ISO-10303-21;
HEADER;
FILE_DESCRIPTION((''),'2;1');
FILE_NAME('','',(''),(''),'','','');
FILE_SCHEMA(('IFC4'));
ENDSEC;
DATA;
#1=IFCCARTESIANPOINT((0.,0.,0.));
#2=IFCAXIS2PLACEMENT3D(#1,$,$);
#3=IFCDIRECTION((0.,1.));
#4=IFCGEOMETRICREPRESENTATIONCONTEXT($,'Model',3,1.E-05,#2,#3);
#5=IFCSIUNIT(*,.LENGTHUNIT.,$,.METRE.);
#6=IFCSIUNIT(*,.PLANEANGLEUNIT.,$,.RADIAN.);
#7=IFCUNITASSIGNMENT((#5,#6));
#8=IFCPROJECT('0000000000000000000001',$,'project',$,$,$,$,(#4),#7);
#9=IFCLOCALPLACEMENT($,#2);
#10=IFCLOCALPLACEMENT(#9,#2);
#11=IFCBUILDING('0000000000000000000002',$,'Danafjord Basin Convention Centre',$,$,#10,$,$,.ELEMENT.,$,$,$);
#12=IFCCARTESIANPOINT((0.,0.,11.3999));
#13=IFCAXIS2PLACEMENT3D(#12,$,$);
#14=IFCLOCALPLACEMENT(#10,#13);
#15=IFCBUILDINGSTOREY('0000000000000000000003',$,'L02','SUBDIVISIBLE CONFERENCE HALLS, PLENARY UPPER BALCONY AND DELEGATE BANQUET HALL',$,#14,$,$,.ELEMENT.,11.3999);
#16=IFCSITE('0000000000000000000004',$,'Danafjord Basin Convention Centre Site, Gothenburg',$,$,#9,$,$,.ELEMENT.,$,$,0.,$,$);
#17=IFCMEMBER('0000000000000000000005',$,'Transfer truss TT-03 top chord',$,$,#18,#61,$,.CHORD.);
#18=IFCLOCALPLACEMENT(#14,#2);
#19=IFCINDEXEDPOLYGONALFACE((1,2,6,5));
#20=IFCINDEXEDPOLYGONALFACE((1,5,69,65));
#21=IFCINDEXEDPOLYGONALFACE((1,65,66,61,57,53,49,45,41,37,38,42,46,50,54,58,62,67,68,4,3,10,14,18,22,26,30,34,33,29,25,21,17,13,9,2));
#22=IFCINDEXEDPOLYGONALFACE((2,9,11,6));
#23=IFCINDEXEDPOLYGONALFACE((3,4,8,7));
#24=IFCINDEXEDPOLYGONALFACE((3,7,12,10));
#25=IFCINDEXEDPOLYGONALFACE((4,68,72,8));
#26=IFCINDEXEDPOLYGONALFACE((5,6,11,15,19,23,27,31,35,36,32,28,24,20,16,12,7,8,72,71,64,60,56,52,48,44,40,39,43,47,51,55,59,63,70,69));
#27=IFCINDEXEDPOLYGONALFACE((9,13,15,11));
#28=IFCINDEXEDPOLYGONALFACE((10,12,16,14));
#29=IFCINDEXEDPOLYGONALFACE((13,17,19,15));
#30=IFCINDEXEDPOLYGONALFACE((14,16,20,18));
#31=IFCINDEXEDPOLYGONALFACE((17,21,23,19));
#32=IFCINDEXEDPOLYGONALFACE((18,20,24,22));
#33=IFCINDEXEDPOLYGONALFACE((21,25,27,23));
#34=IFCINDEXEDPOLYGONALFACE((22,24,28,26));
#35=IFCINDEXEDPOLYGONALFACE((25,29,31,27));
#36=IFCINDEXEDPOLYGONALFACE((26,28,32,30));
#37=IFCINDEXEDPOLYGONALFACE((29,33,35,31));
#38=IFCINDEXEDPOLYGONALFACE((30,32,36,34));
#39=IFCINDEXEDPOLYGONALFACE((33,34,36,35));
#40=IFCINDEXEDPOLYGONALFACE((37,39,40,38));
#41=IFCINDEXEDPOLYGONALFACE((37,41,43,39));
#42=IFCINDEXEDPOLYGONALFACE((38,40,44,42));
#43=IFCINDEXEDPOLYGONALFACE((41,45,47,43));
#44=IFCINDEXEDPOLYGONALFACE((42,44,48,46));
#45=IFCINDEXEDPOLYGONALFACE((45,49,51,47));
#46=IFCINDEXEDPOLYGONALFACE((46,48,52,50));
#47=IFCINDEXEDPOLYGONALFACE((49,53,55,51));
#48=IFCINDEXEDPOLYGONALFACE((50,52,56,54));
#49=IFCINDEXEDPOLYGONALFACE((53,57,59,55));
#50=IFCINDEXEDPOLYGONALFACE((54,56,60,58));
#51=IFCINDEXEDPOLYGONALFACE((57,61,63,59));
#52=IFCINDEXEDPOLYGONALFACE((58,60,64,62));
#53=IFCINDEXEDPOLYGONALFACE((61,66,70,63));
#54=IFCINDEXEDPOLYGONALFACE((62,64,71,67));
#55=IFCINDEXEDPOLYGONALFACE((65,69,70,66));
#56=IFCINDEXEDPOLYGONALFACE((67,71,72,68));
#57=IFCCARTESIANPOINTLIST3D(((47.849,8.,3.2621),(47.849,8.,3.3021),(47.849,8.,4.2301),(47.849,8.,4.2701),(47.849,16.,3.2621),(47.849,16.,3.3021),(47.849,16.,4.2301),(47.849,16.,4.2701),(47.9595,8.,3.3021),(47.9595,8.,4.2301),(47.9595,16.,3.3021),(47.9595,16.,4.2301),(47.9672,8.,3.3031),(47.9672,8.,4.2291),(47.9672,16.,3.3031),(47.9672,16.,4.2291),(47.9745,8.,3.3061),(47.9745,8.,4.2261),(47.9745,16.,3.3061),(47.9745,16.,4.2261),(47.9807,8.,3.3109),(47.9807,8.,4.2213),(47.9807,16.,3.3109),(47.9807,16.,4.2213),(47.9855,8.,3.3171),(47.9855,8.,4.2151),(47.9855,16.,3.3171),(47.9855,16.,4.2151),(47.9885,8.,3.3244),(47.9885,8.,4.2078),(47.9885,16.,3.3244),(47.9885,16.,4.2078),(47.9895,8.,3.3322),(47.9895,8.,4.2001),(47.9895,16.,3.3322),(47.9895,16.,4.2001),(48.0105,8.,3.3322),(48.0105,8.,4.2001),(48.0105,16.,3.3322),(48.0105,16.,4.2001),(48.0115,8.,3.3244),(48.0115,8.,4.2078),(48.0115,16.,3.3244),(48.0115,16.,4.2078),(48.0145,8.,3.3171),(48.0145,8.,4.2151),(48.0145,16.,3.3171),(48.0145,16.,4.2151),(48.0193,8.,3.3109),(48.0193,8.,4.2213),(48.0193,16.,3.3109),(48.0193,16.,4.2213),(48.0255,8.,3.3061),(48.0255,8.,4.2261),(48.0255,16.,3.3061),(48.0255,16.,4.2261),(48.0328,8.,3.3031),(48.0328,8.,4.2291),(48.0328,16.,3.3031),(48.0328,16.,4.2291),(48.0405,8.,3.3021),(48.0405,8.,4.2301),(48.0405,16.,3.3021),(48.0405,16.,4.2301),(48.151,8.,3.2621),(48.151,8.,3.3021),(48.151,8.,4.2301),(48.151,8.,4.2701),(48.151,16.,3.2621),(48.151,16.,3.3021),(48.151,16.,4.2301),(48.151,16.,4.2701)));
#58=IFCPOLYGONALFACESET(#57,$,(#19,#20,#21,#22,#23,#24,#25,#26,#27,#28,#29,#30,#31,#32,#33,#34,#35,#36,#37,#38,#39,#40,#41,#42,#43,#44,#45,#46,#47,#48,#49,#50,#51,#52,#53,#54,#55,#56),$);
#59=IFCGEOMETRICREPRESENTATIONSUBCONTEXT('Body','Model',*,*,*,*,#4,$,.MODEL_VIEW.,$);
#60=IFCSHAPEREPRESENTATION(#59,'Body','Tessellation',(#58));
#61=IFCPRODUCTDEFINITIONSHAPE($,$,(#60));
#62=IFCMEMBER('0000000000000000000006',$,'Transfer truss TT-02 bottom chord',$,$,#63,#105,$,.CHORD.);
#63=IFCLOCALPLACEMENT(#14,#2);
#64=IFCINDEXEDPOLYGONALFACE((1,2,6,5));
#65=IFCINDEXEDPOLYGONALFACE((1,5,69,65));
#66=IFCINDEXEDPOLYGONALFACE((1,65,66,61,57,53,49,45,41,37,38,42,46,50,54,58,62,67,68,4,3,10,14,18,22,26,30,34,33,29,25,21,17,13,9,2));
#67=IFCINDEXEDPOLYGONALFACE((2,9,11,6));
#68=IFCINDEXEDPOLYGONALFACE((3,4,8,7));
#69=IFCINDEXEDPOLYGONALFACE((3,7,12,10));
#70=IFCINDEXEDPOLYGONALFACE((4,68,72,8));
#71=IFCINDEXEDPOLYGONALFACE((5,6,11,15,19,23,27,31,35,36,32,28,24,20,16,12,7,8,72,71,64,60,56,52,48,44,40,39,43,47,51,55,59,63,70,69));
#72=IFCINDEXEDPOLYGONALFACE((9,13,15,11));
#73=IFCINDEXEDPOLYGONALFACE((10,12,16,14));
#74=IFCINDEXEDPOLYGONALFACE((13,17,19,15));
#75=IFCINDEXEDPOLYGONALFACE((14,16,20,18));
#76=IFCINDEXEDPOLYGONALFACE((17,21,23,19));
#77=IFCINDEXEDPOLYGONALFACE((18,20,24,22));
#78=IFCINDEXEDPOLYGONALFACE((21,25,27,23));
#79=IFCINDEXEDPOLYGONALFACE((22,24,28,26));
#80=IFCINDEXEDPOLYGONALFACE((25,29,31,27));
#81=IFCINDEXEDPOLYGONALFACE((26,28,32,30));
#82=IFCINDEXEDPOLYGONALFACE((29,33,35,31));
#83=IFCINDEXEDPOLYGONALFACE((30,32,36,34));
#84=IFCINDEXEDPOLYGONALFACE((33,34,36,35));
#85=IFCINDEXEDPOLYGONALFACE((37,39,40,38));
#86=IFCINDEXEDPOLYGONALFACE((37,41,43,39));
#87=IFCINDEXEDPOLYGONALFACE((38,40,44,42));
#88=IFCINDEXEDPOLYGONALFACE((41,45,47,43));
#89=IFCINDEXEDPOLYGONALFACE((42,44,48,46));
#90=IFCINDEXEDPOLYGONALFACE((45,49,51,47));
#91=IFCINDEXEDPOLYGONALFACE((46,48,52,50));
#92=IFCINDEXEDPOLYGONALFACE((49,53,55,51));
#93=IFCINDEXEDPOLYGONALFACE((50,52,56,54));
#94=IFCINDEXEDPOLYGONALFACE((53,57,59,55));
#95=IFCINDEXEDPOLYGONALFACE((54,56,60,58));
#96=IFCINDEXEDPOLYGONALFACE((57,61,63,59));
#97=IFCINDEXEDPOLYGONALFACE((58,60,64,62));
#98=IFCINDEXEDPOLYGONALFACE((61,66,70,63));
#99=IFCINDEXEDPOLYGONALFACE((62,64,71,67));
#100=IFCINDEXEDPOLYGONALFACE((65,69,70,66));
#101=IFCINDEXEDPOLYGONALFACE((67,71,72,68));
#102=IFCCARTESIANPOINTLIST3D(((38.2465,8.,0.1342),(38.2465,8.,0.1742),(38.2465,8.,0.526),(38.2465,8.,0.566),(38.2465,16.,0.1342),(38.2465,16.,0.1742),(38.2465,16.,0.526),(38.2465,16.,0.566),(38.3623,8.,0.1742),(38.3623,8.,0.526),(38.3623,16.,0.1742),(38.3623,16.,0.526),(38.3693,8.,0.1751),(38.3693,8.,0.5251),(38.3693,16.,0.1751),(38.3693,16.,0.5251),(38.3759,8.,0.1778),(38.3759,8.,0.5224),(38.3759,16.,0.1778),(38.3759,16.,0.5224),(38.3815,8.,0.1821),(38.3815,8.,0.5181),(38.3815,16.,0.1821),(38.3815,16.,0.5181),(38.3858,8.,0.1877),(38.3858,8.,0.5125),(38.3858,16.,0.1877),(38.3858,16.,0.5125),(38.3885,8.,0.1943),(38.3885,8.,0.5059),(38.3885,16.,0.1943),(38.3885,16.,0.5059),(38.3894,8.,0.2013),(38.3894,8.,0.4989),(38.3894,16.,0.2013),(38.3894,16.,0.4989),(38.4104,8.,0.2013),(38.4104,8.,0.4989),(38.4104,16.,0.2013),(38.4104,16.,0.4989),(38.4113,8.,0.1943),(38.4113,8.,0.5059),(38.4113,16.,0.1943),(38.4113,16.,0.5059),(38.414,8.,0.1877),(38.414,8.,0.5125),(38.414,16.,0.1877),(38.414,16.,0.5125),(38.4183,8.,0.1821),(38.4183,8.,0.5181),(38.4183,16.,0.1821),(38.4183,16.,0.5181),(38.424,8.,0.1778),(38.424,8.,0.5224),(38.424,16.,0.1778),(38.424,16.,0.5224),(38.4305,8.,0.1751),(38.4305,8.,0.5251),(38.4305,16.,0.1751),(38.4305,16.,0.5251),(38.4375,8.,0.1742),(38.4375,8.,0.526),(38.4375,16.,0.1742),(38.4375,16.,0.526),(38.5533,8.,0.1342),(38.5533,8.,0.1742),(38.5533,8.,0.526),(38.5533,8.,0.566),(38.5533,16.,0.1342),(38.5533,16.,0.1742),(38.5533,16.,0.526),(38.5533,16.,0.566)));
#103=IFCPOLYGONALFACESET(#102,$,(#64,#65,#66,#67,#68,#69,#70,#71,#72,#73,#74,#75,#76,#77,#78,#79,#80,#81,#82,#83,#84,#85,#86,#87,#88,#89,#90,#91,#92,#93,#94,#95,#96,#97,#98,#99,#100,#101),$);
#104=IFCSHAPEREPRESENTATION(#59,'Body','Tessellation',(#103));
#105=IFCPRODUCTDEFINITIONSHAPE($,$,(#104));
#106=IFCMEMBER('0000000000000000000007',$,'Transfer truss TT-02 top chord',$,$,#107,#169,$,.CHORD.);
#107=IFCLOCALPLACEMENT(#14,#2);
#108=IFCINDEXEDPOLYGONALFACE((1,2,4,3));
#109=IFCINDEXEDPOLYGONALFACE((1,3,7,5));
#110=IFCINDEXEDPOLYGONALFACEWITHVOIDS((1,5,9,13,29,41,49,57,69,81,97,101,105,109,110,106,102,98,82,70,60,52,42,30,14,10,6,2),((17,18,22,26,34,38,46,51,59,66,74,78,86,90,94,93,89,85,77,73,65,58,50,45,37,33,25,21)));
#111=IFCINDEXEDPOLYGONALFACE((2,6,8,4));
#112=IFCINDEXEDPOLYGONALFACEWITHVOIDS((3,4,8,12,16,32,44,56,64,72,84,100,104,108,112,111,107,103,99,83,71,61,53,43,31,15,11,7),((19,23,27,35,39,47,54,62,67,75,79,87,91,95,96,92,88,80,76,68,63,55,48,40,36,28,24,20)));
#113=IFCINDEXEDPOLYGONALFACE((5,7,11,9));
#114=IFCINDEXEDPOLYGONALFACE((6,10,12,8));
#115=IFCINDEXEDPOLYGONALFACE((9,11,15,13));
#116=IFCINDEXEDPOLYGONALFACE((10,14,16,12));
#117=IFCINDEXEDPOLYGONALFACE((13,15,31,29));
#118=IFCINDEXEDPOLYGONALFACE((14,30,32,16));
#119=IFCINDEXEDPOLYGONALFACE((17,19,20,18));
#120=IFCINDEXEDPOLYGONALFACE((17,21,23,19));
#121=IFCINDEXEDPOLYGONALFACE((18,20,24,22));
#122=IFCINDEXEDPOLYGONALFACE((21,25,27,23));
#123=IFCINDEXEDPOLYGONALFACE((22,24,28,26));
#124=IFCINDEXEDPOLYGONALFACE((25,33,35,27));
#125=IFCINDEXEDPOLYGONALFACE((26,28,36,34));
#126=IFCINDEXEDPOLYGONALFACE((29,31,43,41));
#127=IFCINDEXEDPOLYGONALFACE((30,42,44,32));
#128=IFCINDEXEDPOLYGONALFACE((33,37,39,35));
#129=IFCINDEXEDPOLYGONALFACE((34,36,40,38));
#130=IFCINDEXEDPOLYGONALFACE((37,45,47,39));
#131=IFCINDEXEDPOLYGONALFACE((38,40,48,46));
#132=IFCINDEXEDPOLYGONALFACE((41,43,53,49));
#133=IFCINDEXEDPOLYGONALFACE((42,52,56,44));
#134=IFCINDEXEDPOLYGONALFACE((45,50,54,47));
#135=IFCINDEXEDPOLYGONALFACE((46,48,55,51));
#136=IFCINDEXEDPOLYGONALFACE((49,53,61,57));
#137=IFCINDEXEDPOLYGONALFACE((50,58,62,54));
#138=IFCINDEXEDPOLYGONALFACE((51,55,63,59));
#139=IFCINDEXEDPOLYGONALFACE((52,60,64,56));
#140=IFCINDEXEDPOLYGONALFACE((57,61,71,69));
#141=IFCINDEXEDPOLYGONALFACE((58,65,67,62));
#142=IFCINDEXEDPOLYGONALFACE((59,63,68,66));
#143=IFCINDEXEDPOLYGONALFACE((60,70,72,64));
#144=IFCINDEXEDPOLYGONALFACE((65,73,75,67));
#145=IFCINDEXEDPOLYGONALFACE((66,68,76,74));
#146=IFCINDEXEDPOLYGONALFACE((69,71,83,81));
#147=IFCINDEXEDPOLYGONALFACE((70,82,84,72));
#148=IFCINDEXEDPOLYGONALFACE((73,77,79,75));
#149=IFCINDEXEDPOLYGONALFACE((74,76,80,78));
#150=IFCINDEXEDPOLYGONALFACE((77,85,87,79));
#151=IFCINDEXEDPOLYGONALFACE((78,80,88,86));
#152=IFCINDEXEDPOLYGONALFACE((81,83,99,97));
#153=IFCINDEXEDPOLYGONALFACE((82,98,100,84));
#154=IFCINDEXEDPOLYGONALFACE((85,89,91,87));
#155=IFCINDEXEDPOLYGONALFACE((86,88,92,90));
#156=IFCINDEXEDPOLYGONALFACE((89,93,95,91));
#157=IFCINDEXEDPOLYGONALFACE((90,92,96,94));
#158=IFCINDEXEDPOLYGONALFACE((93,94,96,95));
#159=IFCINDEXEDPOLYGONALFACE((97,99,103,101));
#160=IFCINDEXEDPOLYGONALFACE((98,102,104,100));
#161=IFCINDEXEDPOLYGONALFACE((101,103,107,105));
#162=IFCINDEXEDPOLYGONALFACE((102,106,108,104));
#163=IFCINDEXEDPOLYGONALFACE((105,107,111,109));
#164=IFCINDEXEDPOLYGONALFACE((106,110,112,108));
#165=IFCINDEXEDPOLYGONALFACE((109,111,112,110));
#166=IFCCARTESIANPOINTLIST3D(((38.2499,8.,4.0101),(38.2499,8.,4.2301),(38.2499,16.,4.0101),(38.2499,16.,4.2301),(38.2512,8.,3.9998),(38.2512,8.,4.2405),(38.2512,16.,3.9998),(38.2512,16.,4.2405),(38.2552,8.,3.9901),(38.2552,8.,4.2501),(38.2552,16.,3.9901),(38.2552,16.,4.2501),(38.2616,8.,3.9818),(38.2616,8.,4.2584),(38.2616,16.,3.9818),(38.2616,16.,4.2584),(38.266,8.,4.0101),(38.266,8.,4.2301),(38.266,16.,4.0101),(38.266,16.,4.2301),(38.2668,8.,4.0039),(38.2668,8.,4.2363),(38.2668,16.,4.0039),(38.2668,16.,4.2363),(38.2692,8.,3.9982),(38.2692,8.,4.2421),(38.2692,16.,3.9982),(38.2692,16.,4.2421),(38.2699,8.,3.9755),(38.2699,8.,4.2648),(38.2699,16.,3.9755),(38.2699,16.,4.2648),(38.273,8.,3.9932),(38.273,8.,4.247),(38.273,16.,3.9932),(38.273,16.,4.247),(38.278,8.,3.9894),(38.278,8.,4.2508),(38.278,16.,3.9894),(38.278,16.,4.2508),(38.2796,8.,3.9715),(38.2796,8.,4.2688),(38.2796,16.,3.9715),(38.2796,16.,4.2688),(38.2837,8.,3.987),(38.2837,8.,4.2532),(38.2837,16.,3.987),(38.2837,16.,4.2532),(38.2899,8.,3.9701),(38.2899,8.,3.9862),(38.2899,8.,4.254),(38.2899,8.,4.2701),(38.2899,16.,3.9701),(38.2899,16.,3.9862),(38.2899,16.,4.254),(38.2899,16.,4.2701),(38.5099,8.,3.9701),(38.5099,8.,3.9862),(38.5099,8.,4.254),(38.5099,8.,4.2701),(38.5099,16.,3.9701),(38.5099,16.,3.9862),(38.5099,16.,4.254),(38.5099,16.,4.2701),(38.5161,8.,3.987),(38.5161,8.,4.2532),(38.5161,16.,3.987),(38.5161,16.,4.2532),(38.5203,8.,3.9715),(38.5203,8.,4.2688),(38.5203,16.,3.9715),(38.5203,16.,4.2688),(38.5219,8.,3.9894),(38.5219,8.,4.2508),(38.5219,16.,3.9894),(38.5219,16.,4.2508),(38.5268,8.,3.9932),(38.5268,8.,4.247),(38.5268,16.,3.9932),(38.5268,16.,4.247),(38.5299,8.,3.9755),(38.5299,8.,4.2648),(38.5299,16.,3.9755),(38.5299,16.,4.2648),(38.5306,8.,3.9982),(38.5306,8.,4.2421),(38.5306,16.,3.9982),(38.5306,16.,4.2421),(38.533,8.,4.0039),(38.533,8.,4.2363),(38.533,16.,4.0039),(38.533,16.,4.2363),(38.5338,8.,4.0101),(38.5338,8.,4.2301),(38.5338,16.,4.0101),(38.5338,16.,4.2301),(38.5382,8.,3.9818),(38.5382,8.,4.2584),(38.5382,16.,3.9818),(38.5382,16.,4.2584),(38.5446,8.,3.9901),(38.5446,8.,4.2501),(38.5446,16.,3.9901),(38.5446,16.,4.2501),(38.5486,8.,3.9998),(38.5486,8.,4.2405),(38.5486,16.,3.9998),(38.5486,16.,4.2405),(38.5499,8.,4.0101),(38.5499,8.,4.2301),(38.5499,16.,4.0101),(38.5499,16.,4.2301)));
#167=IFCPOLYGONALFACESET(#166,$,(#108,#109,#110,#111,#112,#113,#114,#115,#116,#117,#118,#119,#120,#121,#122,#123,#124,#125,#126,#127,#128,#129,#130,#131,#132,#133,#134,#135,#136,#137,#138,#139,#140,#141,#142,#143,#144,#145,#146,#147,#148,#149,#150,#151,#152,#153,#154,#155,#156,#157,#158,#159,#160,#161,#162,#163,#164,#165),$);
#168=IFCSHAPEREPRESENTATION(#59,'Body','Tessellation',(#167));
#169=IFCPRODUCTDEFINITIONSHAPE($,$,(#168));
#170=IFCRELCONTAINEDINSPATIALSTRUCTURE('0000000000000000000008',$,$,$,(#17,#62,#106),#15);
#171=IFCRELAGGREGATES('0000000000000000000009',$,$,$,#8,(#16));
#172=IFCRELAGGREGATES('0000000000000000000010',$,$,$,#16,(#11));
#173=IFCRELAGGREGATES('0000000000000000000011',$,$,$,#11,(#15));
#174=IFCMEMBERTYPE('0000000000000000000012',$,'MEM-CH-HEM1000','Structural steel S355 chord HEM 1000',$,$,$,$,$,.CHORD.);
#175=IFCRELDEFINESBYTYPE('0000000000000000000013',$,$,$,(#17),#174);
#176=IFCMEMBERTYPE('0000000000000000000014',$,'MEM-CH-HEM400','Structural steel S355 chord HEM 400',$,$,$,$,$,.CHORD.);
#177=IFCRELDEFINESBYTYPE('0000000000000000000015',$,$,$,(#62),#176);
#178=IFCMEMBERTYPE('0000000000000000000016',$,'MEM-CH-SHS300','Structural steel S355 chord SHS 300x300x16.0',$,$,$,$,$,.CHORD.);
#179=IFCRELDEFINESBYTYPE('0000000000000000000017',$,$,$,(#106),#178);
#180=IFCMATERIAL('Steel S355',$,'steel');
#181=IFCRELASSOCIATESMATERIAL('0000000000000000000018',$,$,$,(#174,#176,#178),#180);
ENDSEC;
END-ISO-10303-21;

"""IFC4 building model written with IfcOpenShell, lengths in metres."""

from ifc_helpers import new_model, si_unit, direction, frame, origin, origin_2d, place, context, subcontext, project, spatial, hollow_rectangle, i_section, extrude, material, material_profile, profile_set, type_object, element, save


model = new_model("IFC4")

# Units and contexts
model_context = context("Model", 3, precision=1e-05, world=origin(), true_north=direction((0.0, 1.0)))
body_context = subcontext(model_context, "Body", "Model", "MODEL_VIEW")
ifc_project = project(units=[si_unit("LENGTHUNIT", "METRE"), si_unit("PLANEANGLEUNIT", "RADIAN")], contexts=[model_context])

# Site, building, storey
site_placement = place(None, origin())
site = spatial("IfcSite", under=ifc_project, at=site_placement, Name="Danafjord Basin Convention Centre Site, Gothenburg", CompositionType="ELEMENT", RefElevation=0.0)
building_placement = place(site_placement, origin())
building = spatial("IfcBuilding", under=site, at=building_placement, Name="Danafjord Basin Convention Centre", CompositionType="ELEMENT")
storey_placement = place(building_placement, frame((0.0, 0.0, 11.3999)))
storey = spatial("IfcBuildingStorey", under=building, at=storey_placement, Name="L02", Description="SUBDIVISIBLE CONFERENCE HALLS, PLENARY UPPER BALCONY AND DELEGATE BANQUET HALL", CompositionType="ELEMENT", Elevation=11.3999)

# Shared definitions
ifc_material_1 = material(Name="Steel S355", Category="steel")

# Members
ifc_material_profile_1 = material_profile(ifc_material_1, i_section(OverallWidth=0.302, OverallDepth=1.0081, WebThickness=0.021, FlangeThickness=0.04, FilletRadius=0.03, at=origin_2d()), Name="HEM 1000")
ifc_profile_set_1 = profile_set([ifc_material_profile_1], Name="Steel S355")
member_type_1 = type_object("IfcMemberType", Name="MEM-CH-HEM1000", Description="Structural steel S355 chord HEM 1000", PredefinedType="CHORD", material=ifc_profile_set_1)
member_1_placement = place(storey_placement, frame((48.0, 8.0, 3.7661), z_axis=(0.0, 1.0, 0.0), x_axis=(-1.0, 0.0, 0.0)))
element("IfcMember", 1, at=member_1_placement, inside=storey, type_object=member_type_1, Name="Transfer truss TT-03 top chord", PredefinedType="CHORD", context=body_context, shape_type="SweptSolid", body=[
    extrude(i_section(OverallWidth=0.302, OverallDepth=1.0081, WebThickness=0.021, FlangeThickness=0.04, FilletRadius=0.03, at=origin_2d()), origin(), (0.0, 0.0, 1.0), 8.0),
])
ifc_material_profile_2 = material_profile(ifc_material_1, i_section(OverallWidth=0.3069, OverallDepth=0.4319, WebThickness=0.021, FlangeThickness=0.04, FilletRadius=0.0271, at=origin_2d()), Name="HEM 400")
ifc_profile_set_2 = profile_set([ifc_material_profile_2], Name="Steel S355")
member_type_2 = type_object("IfcMemberType", Name="MEM-CH-HEM400", Description="Structural steel S355 chord HEM 400", PredefinedType="CHORD", material=ifc_profile_set_2)
member_2_placement = place(storey_placement, frame((38.3999, 8.0, 0.3501), z_axis=(0.0, 1.0, 0.0), x_axis=(-1.0, 0.0, 0.0)))
element("IfcMember", 2, at=member_2_placement, inside=storey, type_object=member_type_2, Name="Transfer truss TT-02 bottom chord", PredefinedType="CHORD", context=body_context, shape_type="SweptSolid", body=[
    extrude(i_section(OverallWidth=0.3069, OverallDepth=0.4319, WebThickness=0.021, FlangeThickness=0.04, FilletRadius=0.0271, at=origin_2d()), origin(), (0.0, 0.0, 1.0), 8.0),
])
ifc_material_profile_3 = material_profile(ifc_material_1, hollow_rectangle(XDim=0.3, YDim=0.3, WallThickness=0.0161, InnerFilletRadius=0.0239, OuterFilletRadius=0.04, at=origin_2d()), Name="SHS 300x300x16.0")
ifc_profile_set_3 = profile_set([ifc_material_profile_3], Name="Steel S355")
member_type_3 = type_object("IfcMemberType", Name="MEM-CH-SHS300", Description="Structural steel S355 chord SHS 300x300x16.0", PredefinedType="CHORD", material=ifc_profile_set_3)
for number, where, z_axis, x_axis, name in (
    (3, (38.3999, 8.0, 4.1201), (0.0, 1.0, 0.0), (-1.0, 0.0, 0.0), "Transfer truss TT-02 top chord"),
):
    element("IfcMember", number, at=place(storey_placement, frame(where, z_axis=z_axis, x_axis=x_axis)), inside=storey, type_object=member_type_3, Name=name, PredefinedType="CHORD", context=body_context, shape_type="SweptSolid", body=[
        extrude(hollow_rectangle(XDim=0.3, YDim=0.3, WallThickness=0.0161, InnerFilletRadius=0.0239, OuterFilletRadius=0.04, at=origin_2d()), origin(), (0.0, 0.0, 1.0), 8.0),
    ])

save(model, "model.ifc")
